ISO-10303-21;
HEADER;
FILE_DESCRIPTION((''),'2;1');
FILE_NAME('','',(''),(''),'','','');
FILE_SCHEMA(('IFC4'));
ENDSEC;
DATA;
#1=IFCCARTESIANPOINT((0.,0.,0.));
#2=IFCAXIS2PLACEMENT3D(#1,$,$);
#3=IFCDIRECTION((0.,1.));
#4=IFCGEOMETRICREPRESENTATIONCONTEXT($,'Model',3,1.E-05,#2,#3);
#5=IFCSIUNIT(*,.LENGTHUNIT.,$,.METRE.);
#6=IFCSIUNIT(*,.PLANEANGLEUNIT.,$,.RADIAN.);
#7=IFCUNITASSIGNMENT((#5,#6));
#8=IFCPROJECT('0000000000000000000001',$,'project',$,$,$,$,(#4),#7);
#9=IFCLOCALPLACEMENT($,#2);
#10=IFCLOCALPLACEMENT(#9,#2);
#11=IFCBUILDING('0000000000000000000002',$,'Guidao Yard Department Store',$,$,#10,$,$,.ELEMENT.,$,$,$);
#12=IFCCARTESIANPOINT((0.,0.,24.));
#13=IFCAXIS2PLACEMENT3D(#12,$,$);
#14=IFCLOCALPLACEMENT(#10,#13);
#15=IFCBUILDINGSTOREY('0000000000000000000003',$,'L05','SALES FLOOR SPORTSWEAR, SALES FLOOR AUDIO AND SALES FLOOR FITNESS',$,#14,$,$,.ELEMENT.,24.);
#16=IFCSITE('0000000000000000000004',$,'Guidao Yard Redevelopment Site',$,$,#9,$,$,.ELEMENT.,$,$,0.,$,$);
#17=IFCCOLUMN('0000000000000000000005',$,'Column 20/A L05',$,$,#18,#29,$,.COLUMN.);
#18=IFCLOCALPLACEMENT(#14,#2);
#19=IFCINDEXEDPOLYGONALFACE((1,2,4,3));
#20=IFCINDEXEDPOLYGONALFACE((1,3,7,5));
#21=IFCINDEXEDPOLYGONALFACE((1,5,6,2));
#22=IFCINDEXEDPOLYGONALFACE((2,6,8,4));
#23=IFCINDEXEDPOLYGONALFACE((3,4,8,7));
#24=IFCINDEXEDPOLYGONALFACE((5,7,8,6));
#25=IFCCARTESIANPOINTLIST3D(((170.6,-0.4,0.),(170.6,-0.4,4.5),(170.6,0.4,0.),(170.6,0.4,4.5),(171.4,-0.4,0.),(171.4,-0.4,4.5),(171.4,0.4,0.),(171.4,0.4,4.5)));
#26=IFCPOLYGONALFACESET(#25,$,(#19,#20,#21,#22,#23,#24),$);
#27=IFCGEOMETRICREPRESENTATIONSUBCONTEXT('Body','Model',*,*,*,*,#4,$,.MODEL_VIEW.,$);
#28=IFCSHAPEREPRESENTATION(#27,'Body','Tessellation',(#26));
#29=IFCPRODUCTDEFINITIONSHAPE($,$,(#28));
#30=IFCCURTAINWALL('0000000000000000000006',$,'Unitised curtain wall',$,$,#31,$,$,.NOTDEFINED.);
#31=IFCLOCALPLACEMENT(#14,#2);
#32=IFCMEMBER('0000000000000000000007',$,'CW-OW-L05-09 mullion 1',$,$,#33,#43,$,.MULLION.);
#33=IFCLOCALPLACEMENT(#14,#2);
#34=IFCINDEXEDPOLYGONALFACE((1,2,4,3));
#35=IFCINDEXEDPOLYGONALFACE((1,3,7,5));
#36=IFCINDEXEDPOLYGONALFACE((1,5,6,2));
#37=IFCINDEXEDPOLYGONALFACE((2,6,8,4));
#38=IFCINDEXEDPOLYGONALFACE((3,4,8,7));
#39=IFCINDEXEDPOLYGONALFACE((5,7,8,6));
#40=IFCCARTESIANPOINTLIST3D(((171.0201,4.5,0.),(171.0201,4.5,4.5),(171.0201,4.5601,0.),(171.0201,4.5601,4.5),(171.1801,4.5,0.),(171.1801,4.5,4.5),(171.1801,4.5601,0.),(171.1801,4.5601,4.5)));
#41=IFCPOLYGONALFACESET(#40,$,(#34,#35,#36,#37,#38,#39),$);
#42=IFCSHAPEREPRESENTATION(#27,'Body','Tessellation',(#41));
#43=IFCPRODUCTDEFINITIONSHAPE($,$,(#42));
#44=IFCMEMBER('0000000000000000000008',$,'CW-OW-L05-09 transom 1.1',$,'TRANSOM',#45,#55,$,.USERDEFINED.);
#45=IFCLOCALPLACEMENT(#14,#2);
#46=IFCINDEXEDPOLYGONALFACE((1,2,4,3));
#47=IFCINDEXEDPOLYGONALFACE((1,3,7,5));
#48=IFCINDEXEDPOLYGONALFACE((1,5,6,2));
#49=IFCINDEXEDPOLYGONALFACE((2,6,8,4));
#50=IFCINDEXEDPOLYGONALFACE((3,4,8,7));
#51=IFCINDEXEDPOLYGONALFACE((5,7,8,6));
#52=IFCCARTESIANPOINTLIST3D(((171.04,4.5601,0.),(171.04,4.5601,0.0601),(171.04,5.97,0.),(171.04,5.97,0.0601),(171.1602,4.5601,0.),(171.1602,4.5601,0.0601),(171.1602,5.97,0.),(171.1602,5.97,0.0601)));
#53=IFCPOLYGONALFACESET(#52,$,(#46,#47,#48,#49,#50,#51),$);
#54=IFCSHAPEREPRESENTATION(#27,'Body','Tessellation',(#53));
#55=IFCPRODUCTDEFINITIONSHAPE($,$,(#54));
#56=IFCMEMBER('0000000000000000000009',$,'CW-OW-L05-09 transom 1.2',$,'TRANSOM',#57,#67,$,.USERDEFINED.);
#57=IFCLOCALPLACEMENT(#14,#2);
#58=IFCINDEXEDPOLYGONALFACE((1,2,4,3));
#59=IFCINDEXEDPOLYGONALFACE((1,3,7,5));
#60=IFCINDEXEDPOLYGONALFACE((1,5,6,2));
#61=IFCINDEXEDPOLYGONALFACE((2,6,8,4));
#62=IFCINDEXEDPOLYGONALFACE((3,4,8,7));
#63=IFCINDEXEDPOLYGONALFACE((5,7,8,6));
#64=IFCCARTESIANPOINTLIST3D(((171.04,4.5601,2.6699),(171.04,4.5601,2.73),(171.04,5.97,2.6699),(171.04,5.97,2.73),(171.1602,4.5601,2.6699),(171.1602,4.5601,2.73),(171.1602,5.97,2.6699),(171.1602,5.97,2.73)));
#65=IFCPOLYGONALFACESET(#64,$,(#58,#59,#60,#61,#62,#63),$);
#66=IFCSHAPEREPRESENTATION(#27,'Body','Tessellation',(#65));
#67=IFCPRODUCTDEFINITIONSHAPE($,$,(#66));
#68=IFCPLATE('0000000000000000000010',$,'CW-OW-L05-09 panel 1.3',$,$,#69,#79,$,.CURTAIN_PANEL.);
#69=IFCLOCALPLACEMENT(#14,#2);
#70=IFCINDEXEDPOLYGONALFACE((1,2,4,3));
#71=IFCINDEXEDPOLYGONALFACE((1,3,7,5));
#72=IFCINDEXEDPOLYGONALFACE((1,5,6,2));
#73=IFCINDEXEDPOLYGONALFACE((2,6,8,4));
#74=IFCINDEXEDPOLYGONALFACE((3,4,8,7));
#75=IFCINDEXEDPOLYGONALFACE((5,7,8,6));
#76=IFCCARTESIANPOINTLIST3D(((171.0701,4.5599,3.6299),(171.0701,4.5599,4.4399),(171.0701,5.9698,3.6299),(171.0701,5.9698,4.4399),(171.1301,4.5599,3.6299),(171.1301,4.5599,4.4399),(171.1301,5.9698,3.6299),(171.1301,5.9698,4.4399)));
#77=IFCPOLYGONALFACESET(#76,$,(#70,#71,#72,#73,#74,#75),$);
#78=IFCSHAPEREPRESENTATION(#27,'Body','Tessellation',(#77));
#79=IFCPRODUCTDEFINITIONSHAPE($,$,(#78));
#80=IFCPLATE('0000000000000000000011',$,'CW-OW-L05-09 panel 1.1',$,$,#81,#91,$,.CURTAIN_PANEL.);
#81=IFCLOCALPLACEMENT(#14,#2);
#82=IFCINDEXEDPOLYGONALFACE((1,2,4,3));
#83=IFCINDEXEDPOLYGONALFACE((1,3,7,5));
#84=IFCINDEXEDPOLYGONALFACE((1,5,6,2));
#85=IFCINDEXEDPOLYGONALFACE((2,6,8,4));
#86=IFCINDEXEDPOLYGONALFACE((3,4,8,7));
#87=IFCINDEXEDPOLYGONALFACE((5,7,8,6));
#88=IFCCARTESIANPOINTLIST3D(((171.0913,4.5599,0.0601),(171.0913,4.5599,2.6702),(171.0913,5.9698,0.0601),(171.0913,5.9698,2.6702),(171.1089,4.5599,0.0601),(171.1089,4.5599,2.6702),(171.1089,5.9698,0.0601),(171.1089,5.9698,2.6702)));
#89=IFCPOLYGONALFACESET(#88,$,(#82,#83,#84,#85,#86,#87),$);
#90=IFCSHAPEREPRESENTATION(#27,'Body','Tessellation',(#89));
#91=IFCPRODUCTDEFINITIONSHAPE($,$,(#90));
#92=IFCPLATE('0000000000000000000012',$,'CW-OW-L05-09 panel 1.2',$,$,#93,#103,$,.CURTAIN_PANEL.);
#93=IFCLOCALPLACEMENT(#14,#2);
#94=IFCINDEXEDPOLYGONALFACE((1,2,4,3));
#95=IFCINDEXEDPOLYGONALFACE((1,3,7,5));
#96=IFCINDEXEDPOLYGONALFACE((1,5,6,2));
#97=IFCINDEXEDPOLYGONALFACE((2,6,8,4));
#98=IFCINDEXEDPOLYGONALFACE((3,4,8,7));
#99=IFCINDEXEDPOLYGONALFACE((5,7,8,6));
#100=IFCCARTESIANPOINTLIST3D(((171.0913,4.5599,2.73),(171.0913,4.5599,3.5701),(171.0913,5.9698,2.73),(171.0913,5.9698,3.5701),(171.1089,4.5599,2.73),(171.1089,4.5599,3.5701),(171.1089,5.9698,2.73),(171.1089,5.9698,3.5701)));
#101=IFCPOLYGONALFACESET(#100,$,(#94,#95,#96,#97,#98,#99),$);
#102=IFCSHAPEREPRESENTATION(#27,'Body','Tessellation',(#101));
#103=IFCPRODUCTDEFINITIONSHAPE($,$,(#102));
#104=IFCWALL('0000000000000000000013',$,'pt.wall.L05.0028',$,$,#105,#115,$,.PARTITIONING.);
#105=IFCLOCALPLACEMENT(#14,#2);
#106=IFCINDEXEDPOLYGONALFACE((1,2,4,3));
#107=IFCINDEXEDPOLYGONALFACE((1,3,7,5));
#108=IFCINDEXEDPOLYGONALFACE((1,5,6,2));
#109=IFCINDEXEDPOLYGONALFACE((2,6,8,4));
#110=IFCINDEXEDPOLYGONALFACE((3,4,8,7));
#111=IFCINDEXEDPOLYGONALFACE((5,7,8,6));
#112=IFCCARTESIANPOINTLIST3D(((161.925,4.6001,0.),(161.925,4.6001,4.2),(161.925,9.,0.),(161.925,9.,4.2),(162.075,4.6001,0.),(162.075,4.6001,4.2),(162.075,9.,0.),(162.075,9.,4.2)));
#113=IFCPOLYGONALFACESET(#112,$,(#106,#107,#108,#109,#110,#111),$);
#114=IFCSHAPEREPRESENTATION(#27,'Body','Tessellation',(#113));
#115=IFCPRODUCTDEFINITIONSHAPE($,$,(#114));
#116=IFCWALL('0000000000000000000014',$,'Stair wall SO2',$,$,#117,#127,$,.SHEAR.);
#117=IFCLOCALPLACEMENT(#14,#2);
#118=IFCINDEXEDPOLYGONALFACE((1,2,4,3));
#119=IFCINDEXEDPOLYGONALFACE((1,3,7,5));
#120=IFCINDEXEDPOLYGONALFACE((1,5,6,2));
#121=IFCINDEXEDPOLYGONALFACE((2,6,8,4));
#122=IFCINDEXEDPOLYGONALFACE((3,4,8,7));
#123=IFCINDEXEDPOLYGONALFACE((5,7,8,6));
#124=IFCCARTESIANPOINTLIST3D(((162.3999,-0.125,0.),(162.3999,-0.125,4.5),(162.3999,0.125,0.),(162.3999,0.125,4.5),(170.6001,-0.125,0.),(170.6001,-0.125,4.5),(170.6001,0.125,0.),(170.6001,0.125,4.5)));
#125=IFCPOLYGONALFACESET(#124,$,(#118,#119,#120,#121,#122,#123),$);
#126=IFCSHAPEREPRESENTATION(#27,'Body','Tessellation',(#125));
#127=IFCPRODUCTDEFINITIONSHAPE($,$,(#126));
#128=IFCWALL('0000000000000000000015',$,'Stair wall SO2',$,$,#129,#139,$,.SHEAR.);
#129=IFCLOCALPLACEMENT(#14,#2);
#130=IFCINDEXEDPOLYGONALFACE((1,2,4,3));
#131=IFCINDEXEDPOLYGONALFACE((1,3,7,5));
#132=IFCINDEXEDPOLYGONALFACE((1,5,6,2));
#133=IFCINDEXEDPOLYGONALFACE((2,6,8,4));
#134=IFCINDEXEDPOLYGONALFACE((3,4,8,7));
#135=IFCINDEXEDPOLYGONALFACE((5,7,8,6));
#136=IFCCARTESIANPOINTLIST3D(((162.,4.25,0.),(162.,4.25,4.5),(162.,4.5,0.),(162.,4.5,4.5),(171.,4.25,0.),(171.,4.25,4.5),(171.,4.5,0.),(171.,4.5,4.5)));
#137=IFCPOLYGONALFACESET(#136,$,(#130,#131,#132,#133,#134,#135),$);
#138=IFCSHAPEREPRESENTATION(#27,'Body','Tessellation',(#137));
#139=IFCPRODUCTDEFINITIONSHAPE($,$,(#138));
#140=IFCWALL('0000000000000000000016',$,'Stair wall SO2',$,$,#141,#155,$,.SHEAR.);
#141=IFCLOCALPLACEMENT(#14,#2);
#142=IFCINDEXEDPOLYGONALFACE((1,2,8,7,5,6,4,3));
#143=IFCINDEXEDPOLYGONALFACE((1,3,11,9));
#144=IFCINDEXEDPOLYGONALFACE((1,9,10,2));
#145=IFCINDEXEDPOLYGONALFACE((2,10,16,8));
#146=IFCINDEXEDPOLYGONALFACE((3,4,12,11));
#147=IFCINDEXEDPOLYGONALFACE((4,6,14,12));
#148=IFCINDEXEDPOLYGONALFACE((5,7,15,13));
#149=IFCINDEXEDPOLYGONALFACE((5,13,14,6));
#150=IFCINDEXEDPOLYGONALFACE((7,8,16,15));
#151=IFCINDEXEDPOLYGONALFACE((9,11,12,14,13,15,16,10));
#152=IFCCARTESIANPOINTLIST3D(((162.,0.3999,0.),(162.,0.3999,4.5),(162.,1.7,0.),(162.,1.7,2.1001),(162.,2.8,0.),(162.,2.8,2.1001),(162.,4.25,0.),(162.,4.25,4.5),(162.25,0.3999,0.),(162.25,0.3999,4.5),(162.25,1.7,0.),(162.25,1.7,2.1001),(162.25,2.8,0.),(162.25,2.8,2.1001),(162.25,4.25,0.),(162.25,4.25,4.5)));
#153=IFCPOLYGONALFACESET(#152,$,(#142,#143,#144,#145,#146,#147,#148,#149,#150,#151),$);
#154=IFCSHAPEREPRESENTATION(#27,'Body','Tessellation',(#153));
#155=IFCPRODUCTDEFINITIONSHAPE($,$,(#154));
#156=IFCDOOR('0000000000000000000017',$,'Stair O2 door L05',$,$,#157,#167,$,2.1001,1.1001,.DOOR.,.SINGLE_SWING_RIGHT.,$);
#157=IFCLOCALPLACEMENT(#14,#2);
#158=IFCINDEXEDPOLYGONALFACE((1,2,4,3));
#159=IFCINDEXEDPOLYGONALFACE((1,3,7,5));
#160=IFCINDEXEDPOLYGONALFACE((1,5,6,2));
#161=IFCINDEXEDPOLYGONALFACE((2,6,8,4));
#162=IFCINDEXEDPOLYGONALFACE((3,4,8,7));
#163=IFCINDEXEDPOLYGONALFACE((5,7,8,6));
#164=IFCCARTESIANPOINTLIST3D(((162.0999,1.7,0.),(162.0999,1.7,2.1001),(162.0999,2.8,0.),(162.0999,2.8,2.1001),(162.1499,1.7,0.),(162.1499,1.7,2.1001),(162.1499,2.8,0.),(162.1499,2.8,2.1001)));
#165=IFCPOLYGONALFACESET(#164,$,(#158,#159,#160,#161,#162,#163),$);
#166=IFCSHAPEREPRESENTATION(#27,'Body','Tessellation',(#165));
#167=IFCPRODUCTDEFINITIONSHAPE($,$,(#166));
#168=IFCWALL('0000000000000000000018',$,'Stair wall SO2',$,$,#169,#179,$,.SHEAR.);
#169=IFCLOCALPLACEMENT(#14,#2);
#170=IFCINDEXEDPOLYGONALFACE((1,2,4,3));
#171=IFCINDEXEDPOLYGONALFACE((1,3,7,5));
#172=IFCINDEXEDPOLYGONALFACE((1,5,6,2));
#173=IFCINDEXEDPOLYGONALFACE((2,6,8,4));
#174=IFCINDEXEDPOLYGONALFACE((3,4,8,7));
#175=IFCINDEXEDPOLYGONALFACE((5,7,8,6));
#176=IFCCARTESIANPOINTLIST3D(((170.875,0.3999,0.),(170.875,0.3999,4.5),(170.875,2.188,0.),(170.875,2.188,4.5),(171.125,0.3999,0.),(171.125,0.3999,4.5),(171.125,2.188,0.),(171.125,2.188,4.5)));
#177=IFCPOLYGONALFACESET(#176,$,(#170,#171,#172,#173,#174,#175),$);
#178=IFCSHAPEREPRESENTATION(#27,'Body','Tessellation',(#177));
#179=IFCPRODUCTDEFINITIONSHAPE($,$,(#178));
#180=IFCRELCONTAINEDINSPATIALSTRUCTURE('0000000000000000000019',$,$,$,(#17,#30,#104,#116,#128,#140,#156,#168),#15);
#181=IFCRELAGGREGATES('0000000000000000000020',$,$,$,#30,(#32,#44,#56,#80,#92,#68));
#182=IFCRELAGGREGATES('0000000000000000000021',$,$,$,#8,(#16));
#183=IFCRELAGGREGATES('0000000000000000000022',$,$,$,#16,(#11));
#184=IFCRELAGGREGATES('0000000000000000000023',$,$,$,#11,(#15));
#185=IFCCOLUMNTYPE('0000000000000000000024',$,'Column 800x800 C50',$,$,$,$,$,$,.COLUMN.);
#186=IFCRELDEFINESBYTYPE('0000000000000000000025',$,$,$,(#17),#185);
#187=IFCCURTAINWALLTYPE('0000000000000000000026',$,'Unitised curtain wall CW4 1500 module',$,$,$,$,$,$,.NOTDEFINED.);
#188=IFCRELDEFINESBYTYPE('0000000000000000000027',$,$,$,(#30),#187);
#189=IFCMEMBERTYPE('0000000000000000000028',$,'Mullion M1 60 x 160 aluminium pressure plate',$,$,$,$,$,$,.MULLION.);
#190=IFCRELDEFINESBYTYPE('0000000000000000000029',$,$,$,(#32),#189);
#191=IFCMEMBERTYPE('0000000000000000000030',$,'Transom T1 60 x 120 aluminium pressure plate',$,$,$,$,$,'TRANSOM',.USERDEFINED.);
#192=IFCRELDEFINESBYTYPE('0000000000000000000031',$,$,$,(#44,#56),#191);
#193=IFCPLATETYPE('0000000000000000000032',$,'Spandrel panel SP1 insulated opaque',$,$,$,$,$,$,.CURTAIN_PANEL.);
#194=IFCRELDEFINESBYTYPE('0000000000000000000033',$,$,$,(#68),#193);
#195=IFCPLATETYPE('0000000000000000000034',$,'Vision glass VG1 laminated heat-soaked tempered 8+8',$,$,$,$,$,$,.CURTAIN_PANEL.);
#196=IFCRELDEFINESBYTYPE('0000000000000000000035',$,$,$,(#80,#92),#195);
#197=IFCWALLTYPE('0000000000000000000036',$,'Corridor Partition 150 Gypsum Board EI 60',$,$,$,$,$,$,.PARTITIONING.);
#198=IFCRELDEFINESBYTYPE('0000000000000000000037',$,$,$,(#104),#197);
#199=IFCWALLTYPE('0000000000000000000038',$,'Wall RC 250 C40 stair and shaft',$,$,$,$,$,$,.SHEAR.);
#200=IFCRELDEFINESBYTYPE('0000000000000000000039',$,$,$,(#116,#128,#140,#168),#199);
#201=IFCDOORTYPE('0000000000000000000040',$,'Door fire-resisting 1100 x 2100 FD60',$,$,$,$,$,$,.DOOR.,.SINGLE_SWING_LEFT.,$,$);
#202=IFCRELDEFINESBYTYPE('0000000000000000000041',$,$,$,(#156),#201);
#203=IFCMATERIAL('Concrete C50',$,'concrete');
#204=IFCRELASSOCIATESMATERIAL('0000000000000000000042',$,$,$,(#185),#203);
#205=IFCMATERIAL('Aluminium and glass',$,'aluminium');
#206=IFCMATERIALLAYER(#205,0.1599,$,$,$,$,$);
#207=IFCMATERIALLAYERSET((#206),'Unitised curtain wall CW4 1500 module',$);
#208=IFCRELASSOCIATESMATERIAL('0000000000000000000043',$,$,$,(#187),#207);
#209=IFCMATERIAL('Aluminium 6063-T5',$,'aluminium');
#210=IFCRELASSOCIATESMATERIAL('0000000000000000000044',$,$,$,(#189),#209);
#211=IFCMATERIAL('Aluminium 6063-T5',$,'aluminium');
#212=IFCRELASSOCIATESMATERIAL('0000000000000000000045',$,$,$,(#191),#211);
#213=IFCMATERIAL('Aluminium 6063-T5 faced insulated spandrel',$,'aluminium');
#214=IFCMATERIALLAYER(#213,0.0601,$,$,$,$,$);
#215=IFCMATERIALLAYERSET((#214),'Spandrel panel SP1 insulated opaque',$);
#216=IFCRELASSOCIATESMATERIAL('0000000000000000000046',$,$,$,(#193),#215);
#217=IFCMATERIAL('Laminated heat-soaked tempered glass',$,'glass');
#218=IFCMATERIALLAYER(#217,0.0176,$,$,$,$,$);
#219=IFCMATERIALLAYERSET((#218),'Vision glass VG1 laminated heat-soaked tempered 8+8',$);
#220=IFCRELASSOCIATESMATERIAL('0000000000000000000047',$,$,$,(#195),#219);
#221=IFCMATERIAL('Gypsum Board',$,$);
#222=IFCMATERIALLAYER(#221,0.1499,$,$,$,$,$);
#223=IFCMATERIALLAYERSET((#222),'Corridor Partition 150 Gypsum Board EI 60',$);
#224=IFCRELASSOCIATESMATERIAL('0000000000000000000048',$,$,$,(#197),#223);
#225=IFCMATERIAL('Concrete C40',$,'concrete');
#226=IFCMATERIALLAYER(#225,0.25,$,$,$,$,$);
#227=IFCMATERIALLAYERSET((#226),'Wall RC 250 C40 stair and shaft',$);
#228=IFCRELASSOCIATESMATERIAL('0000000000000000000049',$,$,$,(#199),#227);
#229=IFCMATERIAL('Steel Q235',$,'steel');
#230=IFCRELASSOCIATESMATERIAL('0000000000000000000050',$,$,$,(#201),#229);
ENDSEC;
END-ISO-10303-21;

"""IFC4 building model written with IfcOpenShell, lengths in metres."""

from ifc_helpers import new_model, si_unit, direction, frame, frame_2d, origin, origin_2d, place, context, subcontext, project, spatial, rectangle, extrude, material, layer, layer_set, material_profile, profile_set, type_object, element, fill, aggregate, save


model = new_model("IFC4")

# Units and contexts
model_context = context("Model", 3, precision=1e-05, world=origin(), true_north=direction((0.0, 1.0)))
body_context = subcontext(model_context, "Body", "Model", "MODEL_VIEW")
ifc_project = project(units=[si_unit("LENGTHUNIT", "METRE"), si_unit("PLANEANGLEUNIT", "RADIAN")], contexts=[model_context])

# Site, building, storey
site_placement = place(None, origin())
site = spatial("IfcSite", under=ifc_project, at=site_placement, Name="Guidao Yard Redevelopment Site", CompositionType="ELEMENT", RefElevation=0.0)
building_placement = place(site_placement, origin())
building = spatial("IfcBuilding", under=site, at=building_placement, Name="Guidao Yard Department Store", CompositionType="ELEMENT")
storey_placement = place(building_placement, frame((0.0, 0.0, 24.0)))
storey = spatial("IfcBuildingStorey", under=building, at=storey_placement, Name="L05", Description="SALES FLOOR SPORTSWEAR, SALES FLOOR AUDIO AND SALES FLOOR FITNESS", CompositionType="ELEMENT", Elevation=24.0)

# Column
ifc_material_1 = material(Name="Concrete C50", Category="concrete")
ifc_material_profile_1 = material_profile(ifc_material_1, rectangle(XDim=0.8, YDim=0.8, at=origin_2d()), Name="COL 800x800")
ifc_profile_set_1 = profile_set([ifc_material_profile_1], Name="Concrete C50")
column_type = type_object("IfcColumnType", Name="Column 800x800 C50", PredefinedType="COLUMN", material=ifc_profile_set_1)
column_placement = place(storey_placement, frame((171.0, 0.0, 0.0), z_axis=(0.0, 0.0, 1.0), x_axis=(1.0, 0.0, 0.0)))
element("IfcColumn", 1, at=column_placement, inside=storey, type_object=column_type, Name="Column 20/A L05", PredefinedType="COLUMN", context=body_context, shape_type="SweptSolid", body=[
    extrude(rectangle(XDim=0.8, YDim=0.8, at=origin_2d()), origin(), (0.0, 0.0, 1.0), 4.5),
])

# Curtain wall, members, plates
ifc_material_2 = material(Name="Aluminium and glass", Category="aluminium")
ifc_layer_1 = layer(ifc_material_2, 0.1599)
ifc_layer_set_1 = layer_set([ifc_layer_1], Name="Unitised curtain wall CW4 1500 module")
curtain_wall_type = type_object("IfcCurtainWallType", Name="Unitised curtain wall CW4 1500 module", PredefinedType="NOTDEFINED", material=ifc_layer_set_1)
curtain_wall_placement = place(storey_placement, origin())
curtain_wall = element("IfcCurtainWall", 2, at=curtain_wall_placement, inside=storey, type_object=curtain_wall_type, Name="Unitised curtain wall", PredefinedType="NOTDEFINED")
ifc_material_3 = material(Name="Aluminium 6063-T5", Category="aluminium")
ifc_material_profile_2 = material_profile(ifc_material_3, rectangle(XDim=0.0601, YDim=0.1599, at=origin_2d()), Name="Mullion M1 60 x 160 aluminium pressure plate")
ifc_profile_set_2 = profile_set([ifc_material_profile_2], Name="Aluminium 6063-T5")
member_type_1 = type_object("IfcMemberType", Name="Mullion M1 60 x 160 aluminium pressure plate", PredefinedType="MULLION", material=ifc_profile_set_2)
member_1_placement = place(storey_placement, frame((171.1001, 4.53, 0.0), z_axis=(0.0, 0.0, 1.0), x_axis=(0.0, -1.0, 0.0)))
member_1 = element("IfcMember", 3, at=member_1_placement, type_object=member_type_1, Name="CW-OW-L05-09 mullion 1", PredefinedType="MULLION", context=body_context, shape_type="SweptSolid", body=[
    extrude(rectangle(XDim=0.0601, YDim=0.1599, at=origin_2d()), origin(), (0.0, 0.0, 1.0), 4.5),
])
ifc_material_4 = material(Name="Aluminium 6063-T5", Category="aluminium")
ifc_material_profile_3 = material_profile(ifc_material_4, rectangle(XDim=0.1201, YDim=0.0601, at=origin_2d()), Name="Transom T1 60 x 120 aluminium pressure plate")
ifc_profile_set_3 = profile_set([ifc_material_profile_3], Name="Aluminium 6063-T5")
member_type_2 = type_object("IfcMemberType", Name="Transom T1 60 x 120 aluminium pressure plate", ElementType="TRANSOM", PredefinedType="USERDEFINED", material=ifc_profile_set_3)
member_2_placement = place(storey_placement, frame((171.1001, 5.97, 0.03), z_axis=(0.0, -1.0, 0.0), x_axis=(1.0, 0.0, 0.0)))
member_2 = element("IfcMember", 4, at=member_2_placement, type_object=member_type_2, Name="CW-OW-L05-09 transom 1.1", ObjectType="TRANSOM", PredefinedType="USERDEFINED", context=body_context, shape_type="SweptSolid", body=[
    extrude(rectangle(XDim=0.1201, YDim=0.0601, at=origin_2d()), origin(), (0.0, 0.0, 1.0), 1.4099),
])
member_3_placement = place(storey_placement, frame((171.1001, 5.97, 2.7), z_axis=(0.0, -1.0, 0.0), x_axis=(1.0, 0.0, 0.0)))
member_3 = element("IfcMember", 5, at=member_3_placement, type_object=member_type_2, Name="CW-OW-L05-09 transom 1.2", ObjectType="TRANSOM", PredefinedType="USERDEFINED", context=body_context, shape_type="SweptSolid", body=[
    extrude(rectangle(XDim=0.1201, YDim=0.0601, at=origin_2d()), origin(), (0.0, 0.0, 1.0), 1.4099),
])
ifc_material_5 = material(Name="Aluminium 6063-T5 faced insulated spandrel", Category="aluminium")
ifc_layer_2 = layer(ifc_material_5, 0.0601)
ifc_layer_set_2 = layer_set([ifc_layer_2], Name="Spandrel panel SP1 insulated opaque")
plate_type_1 = type_object("IfcPlateType", Name="Spandrel panel SP1 insulated opaque", PredefinedType="CURTAIN_PANEL", material=ifc_layer_set_2)
plate_1_placement = place(storey_placement, frame((171.1001, 5.2649, 3.6299), z_axis=(0.0, 0.0, 1.0), x_axis=(0.0, -1.0, 0.0)))
plate_1 = element("IfcPlate", 6, at=plate_1_placement, type_object=plate_type_1, Name="CW-OW-L05-09 panel 1.3", PredefinedType="CURTAIN_PANEL", context=body_context, shape_type="SweptSolid", body=[
    extrude(rectangle(XDim=1.4099, YDim=0.0601, at=origin_2d()), origin(), (0.0, 0.0, 1.0), 0.8101),
])
ifc_material_6 = material(Name="Laminated heat-soaked tempered glass", Category="glass")
ifc_layer_3 = layer(ifc_material_6, 0.0176)
ifc_layer_set_3 = layer_set([ifc_layer_3], Name="Vision glass VG1 laminated heat-soaked tempered 8+8")
plate_type_2 = type_object("IfcPlateType", Name="Vision glass VG1 laminated heat-soaked tempered 8+8", PredefinedType="CURTAIN_PANEL", material=ifc_layer_set_3)
plate_2_placement = place(storey_placement, frame((171.1001, 5.2649, 0.0601), z_axis=(0.0, 0.0, 1.0), x_axis=(0.0, -1.0, 0.0)))
plate_2 = element("IfcPlate", 7, at=plate_2_placement, type_object=plate_type_2, Name="CW-OW-L05-09 panel 1.1", PredefinedType="CURTAIN_PANEL", context=body_context, shape_type="SweptSolid", body=[
    extrude(rectangle(XDim=1.4099, YDim=0.0176, at=origin_2d()), origin(), (0.0, 0.0, 1.0), 2.6101),
])
plate_3_placement = place(storey_placement, frame((171.1001, 5.2649, 2.73), z_axis=(0.0, 0.0, 1.0), x_axis=(0.0, -1.0, 0.0)))
plate_3 = element("IfcPlate", 8, at=plate_3_placement, type_object=plate_type_2, Name="CW-OW-L05-09 panel 1.2", PredefinedType="CURTAIN_PANEL", context=body_context, shape_type="SweptSolid", body=[
    extrude(rectangle(XDim=1.4099, YDim=0.0176, at=origin_2d()), origin(), (0.0, 0.0, 1.0), 0.8401),
])
aggregate(curtain_wall, [member_1, member_2, member_3, plate_2, plate_3, plate_1])

# Walls
ifc_material_7 = material(Name="Gypsum Board")
ifc_layer_4 = layer(ifc_material_7, 0.1499)
ifc_layer_set_4 = layer_set([ifc_layer_4], Name="Corridor Partition 150 Gypsum Board EI 60")
wall_type_1 = type_object("IfcWallType", Name="Corridor Partition 150 Gypsum Board EI 60", PredefinedType="PARTITIONING", material=ifc_layer_set_4)
wall_1_placement = place(storey_placement, frame((162.0, 4.6001, 0.0), z_axis=(0.0, 0.0, 1.0), x_axis=(0.0, 1.0, 0.0)))
element("IfcWall", 9, at=wall_1_placement, inside=storey, type_object=wall_type_1, Name="pt.wall.L05.0028", PredefinedType="PARTITIONING", context=body_context, shape_type="SweptSolid", body=[
    extrude(rectangle(XDim=4.3999, YDim=0.1499, at=frame_2d((2.2, 0.0))), origin(), (0.0, 0.0, 1.0), 4.2),
])
ifc_material_8 = material(Name="Concrete C40", Category="concrete")
ifc_layer_5 = layer(ifc_material_8, 0.25)
ifc_layer_set_5 = layer_set([ifc_layer_5], Name="Wall RC 250 C40 stair and shaft")
wall_type_2 = type_object("IfcWallType", Name="Wall RC 250 C40 stair and shaft", PredefinedType="SHEAR", material=ifc_layer_set_5)
wall_2_placement = place(storey_placement, frame((162.3999, 0.0, 0.0), z_axis=(0.0, 0.0, 1.0), x_axis=(1.0, 0.0, 0.0)))
element("IfcWall", 10, at=wall_2_placement, inside=storey, type_object=wall_type_2, Name="Stair wall SO2", PredefinedType="SHEAR", context=body_context, shape_type="SweptSolid", body=[
    extrude(rectangle(XDim=8.2002, YDim=0.25, at=frame_2d((4.1001, 0.0))), origin(), (0.0, 0.0, 1.0), 4.5),
])
wall_3_placement = place(storey_placement, frame((162.0, 4.375, 0.0), z_axis=(0.0, 0.0, 1.0), x_axis=(1.0, 0.0, 0.0)))
element("IfcWall", 11, at=wall_3_placement, inside=storey, type_object=wall_type_2, Name="Stair wall SO2", PredefinedType="SHEAR", context=body_context, shape_type="SweptSolid", body=[
    extrude(rectangle(XDim=9.0, YDim=0.25, at=frame_2d((4.5, 0.0))), origin(), (0.0, 0.0, 1.0), 4.5),
])

# Wall, opening, door
wall_4_placement = place(storey_placement, frame((162.125, 0.3999, 0.0), z_axis=(0.0, 0.0, 1.0), x_axis=(0.0, 1.0, 0.0)))
wall_4 = element("IfcWall", 12, at=wall_4_placement, inside=storey, type_object=wall_type_2, Name="Stair wall SO2", PredefinedType="SHEAR", context=body_context, shape_type="SweptSolid", body=[
    extrude(rectangle(XDim=3.8501, YDim=0.25, at=frame_2d((1.925, 0.0))), origin(), (0.0, 0.0, 1.0), 4.5),
])
opening_placement = place(wall_4_placement, frame((2.4001, 0.0, 0.0), z_axis=(0.0, 0.0, 1.0), x_axis=(-1.0, 0.0, 0.0)))
opening = element("IfcOpeningElement", 13, at=opening_placement, cuts=wall_4, PredefinedType="OPENING", context=body_context, shape_type="SweptSolid", body=[
    extrude(rectangle(XDim=1.1001, YDim=2.1001, at=frame_2d((0.55, 1.05))), frame((0.0, 0.135, 0.0), z_axis=(0.0, -1.0, 0.0), x_axis=(1.0, 0.0, 0.0)), (0.0, 0.0, 1.0), 0.27),
])
ifc_material_9 = material(Name="Steel Q235", Category="steel")
door_type = type_object("IfcDoorType", Name="Door fire-resisting 1100 x 2100 FD60", OperationType="SINGLE_SWING_LEFT", PredefinedType="DOOR", material=ifc_material_9)
door_placement = place(opening_placement, origin())
door = element("IfcDoor", 14, at=door_placement, inside=storey, type_object=door_type, Name="Stair O2 door L05", OperationType="SINGLE_SWING_RIGHT", OverallHeight=2.1001, OverallWidth=1.1001, PredefinedType="DOOR", context=body_context, shape_type="SweptSolid", body=[
    extrude(rectangle(XDim=1.1001, YDim=2.1001, at=frame_2d((0.55, 1.05))), frame((0.0, 0.0249, 0.0), z_axis=(0.0, -1.0, 0.0), x_axis=(1.0, 0.0, 0.0)), (0.0, 0.0, 1.0), 0.05),
])
fill(opening, door)

# Wall
wall_5_placement = place(storey_placement, frame((171.0, 0.3999, 0.0), z_axis=(0.0, 0.0, 1.0), x_axis=(0.0, 1.0, 0.0)))
element("IfcWall", 15, at=wall_5_placement, inside=storey, type_object=wall_type_2, Name="Stair wall SO2", PredefinedType="SHEAR", context=body_context, shape_type="SweptSolid", body=[
    extrude(rectangle(XDim=1.7881, YDim=0.25, at=frame_2d((0.894, 0.0))), origin(), (0.0, 0.0, 1.0), 4.5),
])

save(model, "model.ifc")
